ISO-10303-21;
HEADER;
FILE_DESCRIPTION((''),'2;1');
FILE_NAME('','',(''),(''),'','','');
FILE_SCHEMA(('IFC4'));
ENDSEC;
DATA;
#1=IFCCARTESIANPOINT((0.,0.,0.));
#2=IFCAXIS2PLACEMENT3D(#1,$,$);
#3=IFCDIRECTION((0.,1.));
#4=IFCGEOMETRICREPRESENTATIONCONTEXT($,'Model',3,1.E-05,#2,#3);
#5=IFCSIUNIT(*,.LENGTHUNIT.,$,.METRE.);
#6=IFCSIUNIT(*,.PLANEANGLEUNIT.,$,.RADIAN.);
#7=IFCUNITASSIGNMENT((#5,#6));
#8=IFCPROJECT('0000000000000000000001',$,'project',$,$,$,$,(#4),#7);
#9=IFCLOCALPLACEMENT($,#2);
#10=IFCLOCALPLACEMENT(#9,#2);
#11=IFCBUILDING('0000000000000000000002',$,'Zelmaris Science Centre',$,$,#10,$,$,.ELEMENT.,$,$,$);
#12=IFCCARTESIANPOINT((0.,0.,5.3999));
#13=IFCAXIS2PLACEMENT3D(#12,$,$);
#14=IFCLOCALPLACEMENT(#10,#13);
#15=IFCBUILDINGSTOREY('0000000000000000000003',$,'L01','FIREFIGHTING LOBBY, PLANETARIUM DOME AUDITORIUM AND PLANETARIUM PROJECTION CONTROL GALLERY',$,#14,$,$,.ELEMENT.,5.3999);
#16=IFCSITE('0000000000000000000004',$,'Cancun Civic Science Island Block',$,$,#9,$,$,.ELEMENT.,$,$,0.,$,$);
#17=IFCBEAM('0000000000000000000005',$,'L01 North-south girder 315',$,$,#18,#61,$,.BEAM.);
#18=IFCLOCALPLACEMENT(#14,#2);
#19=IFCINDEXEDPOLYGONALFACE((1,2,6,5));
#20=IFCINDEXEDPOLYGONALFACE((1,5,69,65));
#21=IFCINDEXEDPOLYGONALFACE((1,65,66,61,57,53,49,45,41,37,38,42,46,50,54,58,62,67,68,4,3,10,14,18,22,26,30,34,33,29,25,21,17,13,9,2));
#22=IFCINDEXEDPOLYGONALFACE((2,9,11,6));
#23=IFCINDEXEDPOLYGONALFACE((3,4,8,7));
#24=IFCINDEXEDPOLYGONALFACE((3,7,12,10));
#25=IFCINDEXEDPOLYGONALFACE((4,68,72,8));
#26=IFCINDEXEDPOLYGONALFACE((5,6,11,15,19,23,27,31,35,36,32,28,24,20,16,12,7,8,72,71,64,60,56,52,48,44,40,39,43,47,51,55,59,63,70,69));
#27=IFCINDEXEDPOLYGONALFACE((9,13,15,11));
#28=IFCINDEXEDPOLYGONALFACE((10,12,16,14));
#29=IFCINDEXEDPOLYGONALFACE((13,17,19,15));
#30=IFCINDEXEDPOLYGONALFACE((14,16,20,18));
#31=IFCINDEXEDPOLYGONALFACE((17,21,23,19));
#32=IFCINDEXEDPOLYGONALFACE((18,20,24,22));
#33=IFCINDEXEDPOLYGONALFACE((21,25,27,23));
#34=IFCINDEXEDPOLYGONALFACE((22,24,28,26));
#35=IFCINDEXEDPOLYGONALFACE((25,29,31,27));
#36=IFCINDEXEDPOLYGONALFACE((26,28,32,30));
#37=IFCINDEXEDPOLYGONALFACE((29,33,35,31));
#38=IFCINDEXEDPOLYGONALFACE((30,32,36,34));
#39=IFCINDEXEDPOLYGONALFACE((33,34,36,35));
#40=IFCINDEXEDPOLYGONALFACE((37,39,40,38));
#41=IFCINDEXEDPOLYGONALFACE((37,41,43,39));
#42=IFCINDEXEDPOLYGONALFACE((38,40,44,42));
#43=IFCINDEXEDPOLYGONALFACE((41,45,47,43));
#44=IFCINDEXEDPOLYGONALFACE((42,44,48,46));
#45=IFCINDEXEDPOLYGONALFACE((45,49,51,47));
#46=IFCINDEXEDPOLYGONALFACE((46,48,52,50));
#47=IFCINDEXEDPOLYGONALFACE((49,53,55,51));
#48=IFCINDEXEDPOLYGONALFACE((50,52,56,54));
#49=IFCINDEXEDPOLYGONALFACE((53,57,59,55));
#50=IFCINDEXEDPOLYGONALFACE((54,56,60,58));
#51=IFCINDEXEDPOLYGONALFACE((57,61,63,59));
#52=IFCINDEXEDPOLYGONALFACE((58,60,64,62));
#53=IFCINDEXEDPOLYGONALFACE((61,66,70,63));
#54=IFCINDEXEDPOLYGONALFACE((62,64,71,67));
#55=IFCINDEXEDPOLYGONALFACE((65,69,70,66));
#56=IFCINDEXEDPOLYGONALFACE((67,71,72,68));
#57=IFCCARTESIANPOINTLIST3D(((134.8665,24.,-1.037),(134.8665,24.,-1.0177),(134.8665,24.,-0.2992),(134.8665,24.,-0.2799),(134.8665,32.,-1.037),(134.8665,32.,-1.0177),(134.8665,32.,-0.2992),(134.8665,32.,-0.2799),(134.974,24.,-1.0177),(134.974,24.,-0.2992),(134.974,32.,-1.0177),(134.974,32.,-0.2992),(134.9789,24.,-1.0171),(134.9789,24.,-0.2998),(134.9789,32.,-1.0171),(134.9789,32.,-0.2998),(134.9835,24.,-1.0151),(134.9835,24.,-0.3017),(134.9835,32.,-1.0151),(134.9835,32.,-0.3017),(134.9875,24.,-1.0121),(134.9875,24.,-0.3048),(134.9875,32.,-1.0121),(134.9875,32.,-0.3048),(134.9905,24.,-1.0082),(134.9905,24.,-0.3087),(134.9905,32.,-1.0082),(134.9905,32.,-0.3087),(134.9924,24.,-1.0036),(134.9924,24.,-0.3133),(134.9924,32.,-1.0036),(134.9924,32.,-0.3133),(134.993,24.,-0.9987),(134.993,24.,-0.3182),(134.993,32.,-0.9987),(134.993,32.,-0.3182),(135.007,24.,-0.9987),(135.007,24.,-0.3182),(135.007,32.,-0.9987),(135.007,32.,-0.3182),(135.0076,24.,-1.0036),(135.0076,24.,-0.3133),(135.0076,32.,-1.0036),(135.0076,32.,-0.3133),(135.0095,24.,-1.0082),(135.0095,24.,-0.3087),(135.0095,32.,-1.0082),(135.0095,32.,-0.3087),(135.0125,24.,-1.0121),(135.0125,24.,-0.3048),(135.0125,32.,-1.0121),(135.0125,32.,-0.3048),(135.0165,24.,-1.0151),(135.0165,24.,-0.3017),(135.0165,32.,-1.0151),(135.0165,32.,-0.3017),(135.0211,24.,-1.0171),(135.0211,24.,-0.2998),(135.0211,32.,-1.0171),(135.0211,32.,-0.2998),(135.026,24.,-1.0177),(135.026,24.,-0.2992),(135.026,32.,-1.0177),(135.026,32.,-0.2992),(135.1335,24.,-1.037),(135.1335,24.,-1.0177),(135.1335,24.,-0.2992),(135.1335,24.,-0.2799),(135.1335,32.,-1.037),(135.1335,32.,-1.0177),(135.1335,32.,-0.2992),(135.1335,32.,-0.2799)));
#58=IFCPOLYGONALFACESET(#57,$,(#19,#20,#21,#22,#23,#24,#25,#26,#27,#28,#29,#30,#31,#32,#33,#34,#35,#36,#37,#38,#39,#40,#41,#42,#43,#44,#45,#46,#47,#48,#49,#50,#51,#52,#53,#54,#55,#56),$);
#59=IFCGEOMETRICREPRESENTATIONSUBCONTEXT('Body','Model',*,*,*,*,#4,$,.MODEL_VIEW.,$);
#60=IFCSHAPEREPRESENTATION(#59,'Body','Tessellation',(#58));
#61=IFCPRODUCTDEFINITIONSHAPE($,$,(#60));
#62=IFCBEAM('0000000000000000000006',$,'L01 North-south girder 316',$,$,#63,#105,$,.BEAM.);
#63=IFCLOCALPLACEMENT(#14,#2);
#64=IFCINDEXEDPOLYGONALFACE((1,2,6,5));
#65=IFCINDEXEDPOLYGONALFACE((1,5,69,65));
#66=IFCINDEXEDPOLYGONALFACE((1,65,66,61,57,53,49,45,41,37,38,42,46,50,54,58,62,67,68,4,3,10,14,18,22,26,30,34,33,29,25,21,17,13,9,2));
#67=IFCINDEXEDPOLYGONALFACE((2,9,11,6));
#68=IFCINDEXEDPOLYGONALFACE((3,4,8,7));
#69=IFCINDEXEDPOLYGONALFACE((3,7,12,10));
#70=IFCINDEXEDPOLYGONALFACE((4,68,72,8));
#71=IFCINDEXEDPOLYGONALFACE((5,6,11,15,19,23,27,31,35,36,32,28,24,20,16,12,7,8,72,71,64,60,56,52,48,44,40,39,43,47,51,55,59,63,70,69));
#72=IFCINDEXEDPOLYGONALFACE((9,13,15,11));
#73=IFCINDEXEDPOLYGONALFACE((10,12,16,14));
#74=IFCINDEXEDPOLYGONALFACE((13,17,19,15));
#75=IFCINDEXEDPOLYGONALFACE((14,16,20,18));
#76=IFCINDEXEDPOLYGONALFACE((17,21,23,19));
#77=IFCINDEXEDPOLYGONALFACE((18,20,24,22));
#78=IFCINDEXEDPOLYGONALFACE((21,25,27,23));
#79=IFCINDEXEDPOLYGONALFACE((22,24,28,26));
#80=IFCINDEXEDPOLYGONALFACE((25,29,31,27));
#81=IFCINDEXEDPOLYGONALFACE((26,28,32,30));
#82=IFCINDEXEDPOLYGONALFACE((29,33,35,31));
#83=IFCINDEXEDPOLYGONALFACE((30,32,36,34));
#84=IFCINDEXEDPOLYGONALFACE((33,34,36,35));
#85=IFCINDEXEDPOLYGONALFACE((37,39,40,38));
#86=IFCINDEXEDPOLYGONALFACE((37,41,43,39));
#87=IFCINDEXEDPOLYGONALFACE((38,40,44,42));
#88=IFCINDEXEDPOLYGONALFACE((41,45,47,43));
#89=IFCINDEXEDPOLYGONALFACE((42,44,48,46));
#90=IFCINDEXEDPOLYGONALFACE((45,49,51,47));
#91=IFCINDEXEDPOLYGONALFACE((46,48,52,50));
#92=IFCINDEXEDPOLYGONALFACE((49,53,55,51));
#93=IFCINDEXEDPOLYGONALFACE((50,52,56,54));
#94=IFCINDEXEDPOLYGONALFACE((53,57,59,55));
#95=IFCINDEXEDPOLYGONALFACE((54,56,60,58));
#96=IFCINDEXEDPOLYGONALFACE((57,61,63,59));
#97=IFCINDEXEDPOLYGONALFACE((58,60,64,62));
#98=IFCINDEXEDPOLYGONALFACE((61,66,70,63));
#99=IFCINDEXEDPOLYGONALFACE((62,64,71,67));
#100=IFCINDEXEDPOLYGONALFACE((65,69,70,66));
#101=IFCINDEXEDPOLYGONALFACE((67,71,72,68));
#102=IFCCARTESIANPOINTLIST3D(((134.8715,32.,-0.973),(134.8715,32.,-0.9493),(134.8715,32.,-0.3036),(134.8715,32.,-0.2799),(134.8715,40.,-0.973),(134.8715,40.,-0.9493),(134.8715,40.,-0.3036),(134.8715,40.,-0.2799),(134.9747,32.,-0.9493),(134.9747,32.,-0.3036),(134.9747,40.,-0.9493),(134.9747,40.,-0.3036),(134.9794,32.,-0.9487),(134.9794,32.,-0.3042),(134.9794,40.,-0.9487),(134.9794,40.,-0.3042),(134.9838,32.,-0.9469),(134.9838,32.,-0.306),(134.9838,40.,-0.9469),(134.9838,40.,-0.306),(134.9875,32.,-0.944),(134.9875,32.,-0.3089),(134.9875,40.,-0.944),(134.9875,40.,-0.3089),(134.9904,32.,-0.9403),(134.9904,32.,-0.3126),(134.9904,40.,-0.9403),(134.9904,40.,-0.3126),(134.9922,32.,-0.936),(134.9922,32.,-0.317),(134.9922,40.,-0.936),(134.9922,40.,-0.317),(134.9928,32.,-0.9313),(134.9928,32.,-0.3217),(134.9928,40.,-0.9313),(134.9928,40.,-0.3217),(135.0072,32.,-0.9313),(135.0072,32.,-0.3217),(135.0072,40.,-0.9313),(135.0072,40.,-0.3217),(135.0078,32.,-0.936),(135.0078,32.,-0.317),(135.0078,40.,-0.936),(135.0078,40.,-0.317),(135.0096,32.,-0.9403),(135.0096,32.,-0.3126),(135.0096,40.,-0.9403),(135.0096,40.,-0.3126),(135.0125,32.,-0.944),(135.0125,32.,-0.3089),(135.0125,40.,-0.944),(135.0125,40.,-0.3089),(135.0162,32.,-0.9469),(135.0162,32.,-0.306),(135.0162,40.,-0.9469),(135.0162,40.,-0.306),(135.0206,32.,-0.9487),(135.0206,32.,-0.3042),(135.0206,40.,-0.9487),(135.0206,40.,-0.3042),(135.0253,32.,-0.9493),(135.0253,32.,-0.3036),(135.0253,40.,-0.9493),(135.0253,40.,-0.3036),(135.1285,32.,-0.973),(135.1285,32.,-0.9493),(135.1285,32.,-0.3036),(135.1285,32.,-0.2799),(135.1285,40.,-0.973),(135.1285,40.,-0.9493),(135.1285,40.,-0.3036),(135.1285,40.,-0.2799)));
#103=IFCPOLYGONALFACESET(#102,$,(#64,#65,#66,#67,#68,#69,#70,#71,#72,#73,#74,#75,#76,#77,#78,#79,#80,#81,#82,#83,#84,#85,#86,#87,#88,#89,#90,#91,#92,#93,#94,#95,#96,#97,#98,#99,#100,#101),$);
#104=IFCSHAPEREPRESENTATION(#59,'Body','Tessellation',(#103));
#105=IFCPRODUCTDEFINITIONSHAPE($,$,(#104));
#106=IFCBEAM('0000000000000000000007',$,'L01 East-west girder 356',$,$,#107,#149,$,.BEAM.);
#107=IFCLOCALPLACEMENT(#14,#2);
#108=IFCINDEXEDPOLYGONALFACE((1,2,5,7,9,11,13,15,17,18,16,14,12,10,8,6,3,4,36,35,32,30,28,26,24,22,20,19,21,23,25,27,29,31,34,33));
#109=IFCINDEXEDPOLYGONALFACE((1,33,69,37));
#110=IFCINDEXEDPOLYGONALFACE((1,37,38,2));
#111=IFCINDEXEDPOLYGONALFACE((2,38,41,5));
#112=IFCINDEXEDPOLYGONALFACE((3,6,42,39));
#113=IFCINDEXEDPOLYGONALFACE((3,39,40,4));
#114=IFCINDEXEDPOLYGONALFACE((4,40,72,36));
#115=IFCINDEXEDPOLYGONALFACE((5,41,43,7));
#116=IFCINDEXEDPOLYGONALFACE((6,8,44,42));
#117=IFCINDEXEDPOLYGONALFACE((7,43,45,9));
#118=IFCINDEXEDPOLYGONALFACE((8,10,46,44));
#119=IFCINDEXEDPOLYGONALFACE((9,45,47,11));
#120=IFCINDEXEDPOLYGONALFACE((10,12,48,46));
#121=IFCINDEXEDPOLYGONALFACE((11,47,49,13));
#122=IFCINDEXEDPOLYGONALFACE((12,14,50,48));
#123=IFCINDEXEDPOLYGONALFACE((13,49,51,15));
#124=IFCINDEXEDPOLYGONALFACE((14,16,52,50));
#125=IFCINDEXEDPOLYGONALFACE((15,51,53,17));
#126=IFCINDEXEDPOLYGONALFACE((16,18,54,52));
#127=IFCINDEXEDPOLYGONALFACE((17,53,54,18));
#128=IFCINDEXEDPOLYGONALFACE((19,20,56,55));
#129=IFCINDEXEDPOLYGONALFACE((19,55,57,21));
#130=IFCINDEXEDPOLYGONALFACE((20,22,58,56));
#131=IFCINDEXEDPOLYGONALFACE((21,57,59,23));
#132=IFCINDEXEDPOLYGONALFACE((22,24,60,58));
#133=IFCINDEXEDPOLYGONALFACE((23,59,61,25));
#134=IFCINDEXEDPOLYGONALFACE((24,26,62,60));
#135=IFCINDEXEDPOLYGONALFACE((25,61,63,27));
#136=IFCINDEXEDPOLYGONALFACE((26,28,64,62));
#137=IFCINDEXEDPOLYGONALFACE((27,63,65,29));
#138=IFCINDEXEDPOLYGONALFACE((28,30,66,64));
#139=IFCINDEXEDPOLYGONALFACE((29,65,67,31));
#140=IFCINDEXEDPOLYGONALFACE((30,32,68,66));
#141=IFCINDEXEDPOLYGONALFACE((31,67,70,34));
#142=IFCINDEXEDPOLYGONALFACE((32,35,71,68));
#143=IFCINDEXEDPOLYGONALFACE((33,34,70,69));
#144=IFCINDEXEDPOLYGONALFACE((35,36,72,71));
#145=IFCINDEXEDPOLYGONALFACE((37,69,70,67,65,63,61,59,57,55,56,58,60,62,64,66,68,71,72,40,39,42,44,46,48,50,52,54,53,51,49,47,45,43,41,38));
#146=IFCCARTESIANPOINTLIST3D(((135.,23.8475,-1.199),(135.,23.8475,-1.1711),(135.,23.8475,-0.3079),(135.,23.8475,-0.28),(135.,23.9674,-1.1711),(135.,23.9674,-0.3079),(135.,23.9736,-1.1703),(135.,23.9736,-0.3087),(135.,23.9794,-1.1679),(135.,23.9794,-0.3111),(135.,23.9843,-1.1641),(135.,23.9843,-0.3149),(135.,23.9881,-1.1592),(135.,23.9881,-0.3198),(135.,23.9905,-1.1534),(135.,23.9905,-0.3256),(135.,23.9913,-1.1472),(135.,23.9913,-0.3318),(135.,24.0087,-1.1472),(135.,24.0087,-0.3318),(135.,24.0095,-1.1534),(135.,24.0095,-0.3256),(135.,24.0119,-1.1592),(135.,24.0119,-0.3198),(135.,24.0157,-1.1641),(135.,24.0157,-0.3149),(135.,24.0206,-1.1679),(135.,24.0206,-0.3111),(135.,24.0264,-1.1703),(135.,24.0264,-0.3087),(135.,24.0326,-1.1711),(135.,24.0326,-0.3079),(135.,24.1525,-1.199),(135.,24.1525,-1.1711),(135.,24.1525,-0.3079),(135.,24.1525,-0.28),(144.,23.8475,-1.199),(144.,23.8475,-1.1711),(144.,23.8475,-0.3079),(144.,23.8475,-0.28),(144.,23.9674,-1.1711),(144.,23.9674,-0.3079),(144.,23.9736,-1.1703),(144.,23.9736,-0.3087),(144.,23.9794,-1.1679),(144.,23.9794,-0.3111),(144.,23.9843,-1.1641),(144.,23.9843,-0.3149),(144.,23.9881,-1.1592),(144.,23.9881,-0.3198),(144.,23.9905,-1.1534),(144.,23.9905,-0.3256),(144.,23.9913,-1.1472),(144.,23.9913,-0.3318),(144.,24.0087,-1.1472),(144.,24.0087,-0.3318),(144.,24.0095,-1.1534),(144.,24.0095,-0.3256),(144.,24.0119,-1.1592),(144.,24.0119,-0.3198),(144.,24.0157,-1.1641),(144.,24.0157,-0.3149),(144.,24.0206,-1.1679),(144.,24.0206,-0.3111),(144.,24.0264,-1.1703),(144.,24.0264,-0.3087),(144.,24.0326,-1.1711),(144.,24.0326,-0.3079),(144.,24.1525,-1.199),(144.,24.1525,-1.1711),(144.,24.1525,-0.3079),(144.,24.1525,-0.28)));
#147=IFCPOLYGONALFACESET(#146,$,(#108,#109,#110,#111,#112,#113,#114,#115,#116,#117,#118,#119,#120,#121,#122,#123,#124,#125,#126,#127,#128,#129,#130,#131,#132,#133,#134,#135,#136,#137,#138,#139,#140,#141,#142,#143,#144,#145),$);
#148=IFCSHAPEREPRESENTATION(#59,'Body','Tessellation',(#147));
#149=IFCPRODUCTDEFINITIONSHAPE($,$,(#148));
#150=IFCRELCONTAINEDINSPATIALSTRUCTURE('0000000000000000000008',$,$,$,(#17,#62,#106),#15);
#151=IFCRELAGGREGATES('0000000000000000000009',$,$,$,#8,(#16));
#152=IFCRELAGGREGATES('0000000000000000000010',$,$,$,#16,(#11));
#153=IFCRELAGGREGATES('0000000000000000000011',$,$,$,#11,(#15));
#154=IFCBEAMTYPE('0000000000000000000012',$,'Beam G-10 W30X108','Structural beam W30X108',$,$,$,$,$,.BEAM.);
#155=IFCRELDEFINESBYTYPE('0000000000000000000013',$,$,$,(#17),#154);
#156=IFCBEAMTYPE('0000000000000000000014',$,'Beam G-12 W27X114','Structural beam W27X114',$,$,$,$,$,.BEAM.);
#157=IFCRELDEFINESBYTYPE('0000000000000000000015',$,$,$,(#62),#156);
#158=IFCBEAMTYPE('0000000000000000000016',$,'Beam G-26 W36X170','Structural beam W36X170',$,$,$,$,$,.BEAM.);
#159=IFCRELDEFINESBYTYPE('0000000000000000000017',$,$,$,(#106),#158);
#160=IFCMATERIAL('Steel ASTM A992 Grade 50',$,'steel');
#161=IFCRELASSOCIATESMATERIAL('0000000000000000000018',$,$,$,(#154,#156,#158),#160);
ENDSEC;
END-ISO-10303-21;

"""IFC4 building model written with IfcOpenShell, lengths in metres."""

from ifc_helpers import new_model, si_unit, direction, frame, origin, origin_2d, place, context, subcontext, project, spatial, i_section, extrude, material, material_profile, profile_set, type_object, element, save


model = new_model("IFC4")

# Units and contexts
model_context = context("Model", 3, precision=1e-05, world=origin(), true_north=direction((0.0, 1.0)))
body_context = subcontext(model_context, "Body", "Model", "MODEL_VIEW")
ifc_project = project(units=[si_unit("LENGTHUNIT", "METRE"), si_unit("PLANEANGLEUNIT", "RADIAN")], contexts=[model_context])

# Site, building, storey
site_placement = place(None, origin())
site = spatial("IfcSite", under=ifc_project, at=site_placement, Name="Cancun Civic Science Island Block", CompositionType="ELEMENT", RefElevation=0.0)
building_placement = place(site_placement, origin())
building = spatial("IfcBuilding", under=site, at=building_placement, Name="Zelmaris Science Centre", CompositionType="ELEMENT")
storey_placement = place(building_placement, frame((0.0, 0.0, 5.3999)))
storey = spatial("IfcBuildingStorey", under=building, at=storey_placement, Name="L01", Description="FIREFIGHTING LOBBY, PLANETARIUM DOME AUDITORIUM AND PLANETARIUM PROJECTION CONTROL GALLERY", CompositionType="ELEMENT", Elevation=5.3999)

# Shared definitions
ifc_material_1 = material(Name="Steel ASTM A992 Grade 50", Category="steel")

# Beams
ifc_material_profile_1 = material_profile(ifc_material_1, i_section(OverallWidth=0.2671, OverallDepth=0.7571, WebThickness=0.0139, FlangeThickness=0.0193, FilletRadius=0.019, at=origin_2d()), Name="W30X108")
ifc_profile_set_1 = profile_set([ifc_material_profile_1], Name="Steel ASTM A992 Grade 50")
beam_type_1 = type_object("IfcBeamType", Name="Beam G-10 W30X108", Description="Structural beam W30X108", PredefinedType="BEAM", material=ifc_profile_set_1)
beam_1_placement = place(storey_placement, frame((135.0, 24.0, -0.6584), z_axis=(0.0, 1.0, 0.0), x_axis=(-1.0, 0.0, 0.0)))
element("IfcBeam", 1, at=beam_1_placement, inside=storey, type_object=beam_type_1, Name="L01 North-south girder 315", PredefinedType="BEAM", context=body_context, shape_type="SweptSolid", body=[
    extrude(i_section(OverallWidth=0.2671, OverallDepth=0.7571, WebThickness=0.0139, FlangeThickness=0.0193, FilletRadius=0.019, at=origin_2d()), origin(), (0.0, 0.0, 1.0), 8.0),
])
ifc_material_profile_2 = material_profile(ifc_material_1, i_section(OverallWidth=0.2571, OverallDepth=0.6931, WebThickness=0.0144, FlangeThickness=0.0237, FilletRadius=0.0181, at=origin_2d()), Name="W27X114")
ifc_profile_set_2 = profile_set([ifc_material_profile_2], Name="Steel ASTM A992 Grade 50")
beam_type_2 = type_object("IfcBeamType", Name="Beam G-12 W27X114", Description="Structural beam W27X114", PredefinedType="BEAM", material=ifc_profile_set_2)
beam_2_placement = place(storey_placement, frame((135.0, 32.0, -0.6265), z_axis=(0.0, 1.0, 0.0), x_axis=(-1.0, 0.0, 0.0)))
element("IfcBeam", 2, at=beam_2_placement, inside=storey, type_object=beam_type_2, Name="L01 North-south girder 316", PredefinedType="BEAM", context=body_context, shape_type="SweptSolid", body=[
    extrude(i_section(OverallWidth=0.2571, OverallDepth=0.6931, WebThickness=0.0144, FlangeThickness=0.0237, FilletRadius=0.0181, at=origin_2d()), origin(), (0.0, 0.0, 1.0), 8.0),
])
ifc_material_profile_3 = material_profile(ifc_material_1, i_section(OverallWidth=0.3049, OverallDepth=0.9189, WebThickness=0.0173, FlangeThickness=0.0278, FilletRadius=0.0239, at=origin_2d()), Name="W36X170")
ifc_profile_set_3 = profile_set([ifc_material_profile_3], Name="Steel ASTM A992 Grade 50")
beam_type_3 = type_object("IfcBeamType", Name="Beam G-26 W36X170", Description="Structural beam W36X170", PredefinedType="BEAM", material=ifc_profile_set_3)
beam_3_placement = place(storey_placement, frame((135.0, 24.0, -0.7395), z_axis=(1.0, 0.0, 0.0), x_axis=(0.0, 1.0, 0.0)))
element("IfcBeam", 3, at=beam_3_placement, inside=storey, type_object=beam_type_3, Name="L01 East-west girder 356", PredefinedType="BEAM", context=body_context, shape_type="SweptSolid", body=[
    extrude(i_section(OverallWidth=0.3049, OverallDepth=0.9189, WebThickness=0.0173, FlangeThickness=0.0278, FilletRadius=0.0239, at=origin_2d()), origin(), (0.0, 0.0, 1.0), 9.0),
])

save(model, "model.ifc")
